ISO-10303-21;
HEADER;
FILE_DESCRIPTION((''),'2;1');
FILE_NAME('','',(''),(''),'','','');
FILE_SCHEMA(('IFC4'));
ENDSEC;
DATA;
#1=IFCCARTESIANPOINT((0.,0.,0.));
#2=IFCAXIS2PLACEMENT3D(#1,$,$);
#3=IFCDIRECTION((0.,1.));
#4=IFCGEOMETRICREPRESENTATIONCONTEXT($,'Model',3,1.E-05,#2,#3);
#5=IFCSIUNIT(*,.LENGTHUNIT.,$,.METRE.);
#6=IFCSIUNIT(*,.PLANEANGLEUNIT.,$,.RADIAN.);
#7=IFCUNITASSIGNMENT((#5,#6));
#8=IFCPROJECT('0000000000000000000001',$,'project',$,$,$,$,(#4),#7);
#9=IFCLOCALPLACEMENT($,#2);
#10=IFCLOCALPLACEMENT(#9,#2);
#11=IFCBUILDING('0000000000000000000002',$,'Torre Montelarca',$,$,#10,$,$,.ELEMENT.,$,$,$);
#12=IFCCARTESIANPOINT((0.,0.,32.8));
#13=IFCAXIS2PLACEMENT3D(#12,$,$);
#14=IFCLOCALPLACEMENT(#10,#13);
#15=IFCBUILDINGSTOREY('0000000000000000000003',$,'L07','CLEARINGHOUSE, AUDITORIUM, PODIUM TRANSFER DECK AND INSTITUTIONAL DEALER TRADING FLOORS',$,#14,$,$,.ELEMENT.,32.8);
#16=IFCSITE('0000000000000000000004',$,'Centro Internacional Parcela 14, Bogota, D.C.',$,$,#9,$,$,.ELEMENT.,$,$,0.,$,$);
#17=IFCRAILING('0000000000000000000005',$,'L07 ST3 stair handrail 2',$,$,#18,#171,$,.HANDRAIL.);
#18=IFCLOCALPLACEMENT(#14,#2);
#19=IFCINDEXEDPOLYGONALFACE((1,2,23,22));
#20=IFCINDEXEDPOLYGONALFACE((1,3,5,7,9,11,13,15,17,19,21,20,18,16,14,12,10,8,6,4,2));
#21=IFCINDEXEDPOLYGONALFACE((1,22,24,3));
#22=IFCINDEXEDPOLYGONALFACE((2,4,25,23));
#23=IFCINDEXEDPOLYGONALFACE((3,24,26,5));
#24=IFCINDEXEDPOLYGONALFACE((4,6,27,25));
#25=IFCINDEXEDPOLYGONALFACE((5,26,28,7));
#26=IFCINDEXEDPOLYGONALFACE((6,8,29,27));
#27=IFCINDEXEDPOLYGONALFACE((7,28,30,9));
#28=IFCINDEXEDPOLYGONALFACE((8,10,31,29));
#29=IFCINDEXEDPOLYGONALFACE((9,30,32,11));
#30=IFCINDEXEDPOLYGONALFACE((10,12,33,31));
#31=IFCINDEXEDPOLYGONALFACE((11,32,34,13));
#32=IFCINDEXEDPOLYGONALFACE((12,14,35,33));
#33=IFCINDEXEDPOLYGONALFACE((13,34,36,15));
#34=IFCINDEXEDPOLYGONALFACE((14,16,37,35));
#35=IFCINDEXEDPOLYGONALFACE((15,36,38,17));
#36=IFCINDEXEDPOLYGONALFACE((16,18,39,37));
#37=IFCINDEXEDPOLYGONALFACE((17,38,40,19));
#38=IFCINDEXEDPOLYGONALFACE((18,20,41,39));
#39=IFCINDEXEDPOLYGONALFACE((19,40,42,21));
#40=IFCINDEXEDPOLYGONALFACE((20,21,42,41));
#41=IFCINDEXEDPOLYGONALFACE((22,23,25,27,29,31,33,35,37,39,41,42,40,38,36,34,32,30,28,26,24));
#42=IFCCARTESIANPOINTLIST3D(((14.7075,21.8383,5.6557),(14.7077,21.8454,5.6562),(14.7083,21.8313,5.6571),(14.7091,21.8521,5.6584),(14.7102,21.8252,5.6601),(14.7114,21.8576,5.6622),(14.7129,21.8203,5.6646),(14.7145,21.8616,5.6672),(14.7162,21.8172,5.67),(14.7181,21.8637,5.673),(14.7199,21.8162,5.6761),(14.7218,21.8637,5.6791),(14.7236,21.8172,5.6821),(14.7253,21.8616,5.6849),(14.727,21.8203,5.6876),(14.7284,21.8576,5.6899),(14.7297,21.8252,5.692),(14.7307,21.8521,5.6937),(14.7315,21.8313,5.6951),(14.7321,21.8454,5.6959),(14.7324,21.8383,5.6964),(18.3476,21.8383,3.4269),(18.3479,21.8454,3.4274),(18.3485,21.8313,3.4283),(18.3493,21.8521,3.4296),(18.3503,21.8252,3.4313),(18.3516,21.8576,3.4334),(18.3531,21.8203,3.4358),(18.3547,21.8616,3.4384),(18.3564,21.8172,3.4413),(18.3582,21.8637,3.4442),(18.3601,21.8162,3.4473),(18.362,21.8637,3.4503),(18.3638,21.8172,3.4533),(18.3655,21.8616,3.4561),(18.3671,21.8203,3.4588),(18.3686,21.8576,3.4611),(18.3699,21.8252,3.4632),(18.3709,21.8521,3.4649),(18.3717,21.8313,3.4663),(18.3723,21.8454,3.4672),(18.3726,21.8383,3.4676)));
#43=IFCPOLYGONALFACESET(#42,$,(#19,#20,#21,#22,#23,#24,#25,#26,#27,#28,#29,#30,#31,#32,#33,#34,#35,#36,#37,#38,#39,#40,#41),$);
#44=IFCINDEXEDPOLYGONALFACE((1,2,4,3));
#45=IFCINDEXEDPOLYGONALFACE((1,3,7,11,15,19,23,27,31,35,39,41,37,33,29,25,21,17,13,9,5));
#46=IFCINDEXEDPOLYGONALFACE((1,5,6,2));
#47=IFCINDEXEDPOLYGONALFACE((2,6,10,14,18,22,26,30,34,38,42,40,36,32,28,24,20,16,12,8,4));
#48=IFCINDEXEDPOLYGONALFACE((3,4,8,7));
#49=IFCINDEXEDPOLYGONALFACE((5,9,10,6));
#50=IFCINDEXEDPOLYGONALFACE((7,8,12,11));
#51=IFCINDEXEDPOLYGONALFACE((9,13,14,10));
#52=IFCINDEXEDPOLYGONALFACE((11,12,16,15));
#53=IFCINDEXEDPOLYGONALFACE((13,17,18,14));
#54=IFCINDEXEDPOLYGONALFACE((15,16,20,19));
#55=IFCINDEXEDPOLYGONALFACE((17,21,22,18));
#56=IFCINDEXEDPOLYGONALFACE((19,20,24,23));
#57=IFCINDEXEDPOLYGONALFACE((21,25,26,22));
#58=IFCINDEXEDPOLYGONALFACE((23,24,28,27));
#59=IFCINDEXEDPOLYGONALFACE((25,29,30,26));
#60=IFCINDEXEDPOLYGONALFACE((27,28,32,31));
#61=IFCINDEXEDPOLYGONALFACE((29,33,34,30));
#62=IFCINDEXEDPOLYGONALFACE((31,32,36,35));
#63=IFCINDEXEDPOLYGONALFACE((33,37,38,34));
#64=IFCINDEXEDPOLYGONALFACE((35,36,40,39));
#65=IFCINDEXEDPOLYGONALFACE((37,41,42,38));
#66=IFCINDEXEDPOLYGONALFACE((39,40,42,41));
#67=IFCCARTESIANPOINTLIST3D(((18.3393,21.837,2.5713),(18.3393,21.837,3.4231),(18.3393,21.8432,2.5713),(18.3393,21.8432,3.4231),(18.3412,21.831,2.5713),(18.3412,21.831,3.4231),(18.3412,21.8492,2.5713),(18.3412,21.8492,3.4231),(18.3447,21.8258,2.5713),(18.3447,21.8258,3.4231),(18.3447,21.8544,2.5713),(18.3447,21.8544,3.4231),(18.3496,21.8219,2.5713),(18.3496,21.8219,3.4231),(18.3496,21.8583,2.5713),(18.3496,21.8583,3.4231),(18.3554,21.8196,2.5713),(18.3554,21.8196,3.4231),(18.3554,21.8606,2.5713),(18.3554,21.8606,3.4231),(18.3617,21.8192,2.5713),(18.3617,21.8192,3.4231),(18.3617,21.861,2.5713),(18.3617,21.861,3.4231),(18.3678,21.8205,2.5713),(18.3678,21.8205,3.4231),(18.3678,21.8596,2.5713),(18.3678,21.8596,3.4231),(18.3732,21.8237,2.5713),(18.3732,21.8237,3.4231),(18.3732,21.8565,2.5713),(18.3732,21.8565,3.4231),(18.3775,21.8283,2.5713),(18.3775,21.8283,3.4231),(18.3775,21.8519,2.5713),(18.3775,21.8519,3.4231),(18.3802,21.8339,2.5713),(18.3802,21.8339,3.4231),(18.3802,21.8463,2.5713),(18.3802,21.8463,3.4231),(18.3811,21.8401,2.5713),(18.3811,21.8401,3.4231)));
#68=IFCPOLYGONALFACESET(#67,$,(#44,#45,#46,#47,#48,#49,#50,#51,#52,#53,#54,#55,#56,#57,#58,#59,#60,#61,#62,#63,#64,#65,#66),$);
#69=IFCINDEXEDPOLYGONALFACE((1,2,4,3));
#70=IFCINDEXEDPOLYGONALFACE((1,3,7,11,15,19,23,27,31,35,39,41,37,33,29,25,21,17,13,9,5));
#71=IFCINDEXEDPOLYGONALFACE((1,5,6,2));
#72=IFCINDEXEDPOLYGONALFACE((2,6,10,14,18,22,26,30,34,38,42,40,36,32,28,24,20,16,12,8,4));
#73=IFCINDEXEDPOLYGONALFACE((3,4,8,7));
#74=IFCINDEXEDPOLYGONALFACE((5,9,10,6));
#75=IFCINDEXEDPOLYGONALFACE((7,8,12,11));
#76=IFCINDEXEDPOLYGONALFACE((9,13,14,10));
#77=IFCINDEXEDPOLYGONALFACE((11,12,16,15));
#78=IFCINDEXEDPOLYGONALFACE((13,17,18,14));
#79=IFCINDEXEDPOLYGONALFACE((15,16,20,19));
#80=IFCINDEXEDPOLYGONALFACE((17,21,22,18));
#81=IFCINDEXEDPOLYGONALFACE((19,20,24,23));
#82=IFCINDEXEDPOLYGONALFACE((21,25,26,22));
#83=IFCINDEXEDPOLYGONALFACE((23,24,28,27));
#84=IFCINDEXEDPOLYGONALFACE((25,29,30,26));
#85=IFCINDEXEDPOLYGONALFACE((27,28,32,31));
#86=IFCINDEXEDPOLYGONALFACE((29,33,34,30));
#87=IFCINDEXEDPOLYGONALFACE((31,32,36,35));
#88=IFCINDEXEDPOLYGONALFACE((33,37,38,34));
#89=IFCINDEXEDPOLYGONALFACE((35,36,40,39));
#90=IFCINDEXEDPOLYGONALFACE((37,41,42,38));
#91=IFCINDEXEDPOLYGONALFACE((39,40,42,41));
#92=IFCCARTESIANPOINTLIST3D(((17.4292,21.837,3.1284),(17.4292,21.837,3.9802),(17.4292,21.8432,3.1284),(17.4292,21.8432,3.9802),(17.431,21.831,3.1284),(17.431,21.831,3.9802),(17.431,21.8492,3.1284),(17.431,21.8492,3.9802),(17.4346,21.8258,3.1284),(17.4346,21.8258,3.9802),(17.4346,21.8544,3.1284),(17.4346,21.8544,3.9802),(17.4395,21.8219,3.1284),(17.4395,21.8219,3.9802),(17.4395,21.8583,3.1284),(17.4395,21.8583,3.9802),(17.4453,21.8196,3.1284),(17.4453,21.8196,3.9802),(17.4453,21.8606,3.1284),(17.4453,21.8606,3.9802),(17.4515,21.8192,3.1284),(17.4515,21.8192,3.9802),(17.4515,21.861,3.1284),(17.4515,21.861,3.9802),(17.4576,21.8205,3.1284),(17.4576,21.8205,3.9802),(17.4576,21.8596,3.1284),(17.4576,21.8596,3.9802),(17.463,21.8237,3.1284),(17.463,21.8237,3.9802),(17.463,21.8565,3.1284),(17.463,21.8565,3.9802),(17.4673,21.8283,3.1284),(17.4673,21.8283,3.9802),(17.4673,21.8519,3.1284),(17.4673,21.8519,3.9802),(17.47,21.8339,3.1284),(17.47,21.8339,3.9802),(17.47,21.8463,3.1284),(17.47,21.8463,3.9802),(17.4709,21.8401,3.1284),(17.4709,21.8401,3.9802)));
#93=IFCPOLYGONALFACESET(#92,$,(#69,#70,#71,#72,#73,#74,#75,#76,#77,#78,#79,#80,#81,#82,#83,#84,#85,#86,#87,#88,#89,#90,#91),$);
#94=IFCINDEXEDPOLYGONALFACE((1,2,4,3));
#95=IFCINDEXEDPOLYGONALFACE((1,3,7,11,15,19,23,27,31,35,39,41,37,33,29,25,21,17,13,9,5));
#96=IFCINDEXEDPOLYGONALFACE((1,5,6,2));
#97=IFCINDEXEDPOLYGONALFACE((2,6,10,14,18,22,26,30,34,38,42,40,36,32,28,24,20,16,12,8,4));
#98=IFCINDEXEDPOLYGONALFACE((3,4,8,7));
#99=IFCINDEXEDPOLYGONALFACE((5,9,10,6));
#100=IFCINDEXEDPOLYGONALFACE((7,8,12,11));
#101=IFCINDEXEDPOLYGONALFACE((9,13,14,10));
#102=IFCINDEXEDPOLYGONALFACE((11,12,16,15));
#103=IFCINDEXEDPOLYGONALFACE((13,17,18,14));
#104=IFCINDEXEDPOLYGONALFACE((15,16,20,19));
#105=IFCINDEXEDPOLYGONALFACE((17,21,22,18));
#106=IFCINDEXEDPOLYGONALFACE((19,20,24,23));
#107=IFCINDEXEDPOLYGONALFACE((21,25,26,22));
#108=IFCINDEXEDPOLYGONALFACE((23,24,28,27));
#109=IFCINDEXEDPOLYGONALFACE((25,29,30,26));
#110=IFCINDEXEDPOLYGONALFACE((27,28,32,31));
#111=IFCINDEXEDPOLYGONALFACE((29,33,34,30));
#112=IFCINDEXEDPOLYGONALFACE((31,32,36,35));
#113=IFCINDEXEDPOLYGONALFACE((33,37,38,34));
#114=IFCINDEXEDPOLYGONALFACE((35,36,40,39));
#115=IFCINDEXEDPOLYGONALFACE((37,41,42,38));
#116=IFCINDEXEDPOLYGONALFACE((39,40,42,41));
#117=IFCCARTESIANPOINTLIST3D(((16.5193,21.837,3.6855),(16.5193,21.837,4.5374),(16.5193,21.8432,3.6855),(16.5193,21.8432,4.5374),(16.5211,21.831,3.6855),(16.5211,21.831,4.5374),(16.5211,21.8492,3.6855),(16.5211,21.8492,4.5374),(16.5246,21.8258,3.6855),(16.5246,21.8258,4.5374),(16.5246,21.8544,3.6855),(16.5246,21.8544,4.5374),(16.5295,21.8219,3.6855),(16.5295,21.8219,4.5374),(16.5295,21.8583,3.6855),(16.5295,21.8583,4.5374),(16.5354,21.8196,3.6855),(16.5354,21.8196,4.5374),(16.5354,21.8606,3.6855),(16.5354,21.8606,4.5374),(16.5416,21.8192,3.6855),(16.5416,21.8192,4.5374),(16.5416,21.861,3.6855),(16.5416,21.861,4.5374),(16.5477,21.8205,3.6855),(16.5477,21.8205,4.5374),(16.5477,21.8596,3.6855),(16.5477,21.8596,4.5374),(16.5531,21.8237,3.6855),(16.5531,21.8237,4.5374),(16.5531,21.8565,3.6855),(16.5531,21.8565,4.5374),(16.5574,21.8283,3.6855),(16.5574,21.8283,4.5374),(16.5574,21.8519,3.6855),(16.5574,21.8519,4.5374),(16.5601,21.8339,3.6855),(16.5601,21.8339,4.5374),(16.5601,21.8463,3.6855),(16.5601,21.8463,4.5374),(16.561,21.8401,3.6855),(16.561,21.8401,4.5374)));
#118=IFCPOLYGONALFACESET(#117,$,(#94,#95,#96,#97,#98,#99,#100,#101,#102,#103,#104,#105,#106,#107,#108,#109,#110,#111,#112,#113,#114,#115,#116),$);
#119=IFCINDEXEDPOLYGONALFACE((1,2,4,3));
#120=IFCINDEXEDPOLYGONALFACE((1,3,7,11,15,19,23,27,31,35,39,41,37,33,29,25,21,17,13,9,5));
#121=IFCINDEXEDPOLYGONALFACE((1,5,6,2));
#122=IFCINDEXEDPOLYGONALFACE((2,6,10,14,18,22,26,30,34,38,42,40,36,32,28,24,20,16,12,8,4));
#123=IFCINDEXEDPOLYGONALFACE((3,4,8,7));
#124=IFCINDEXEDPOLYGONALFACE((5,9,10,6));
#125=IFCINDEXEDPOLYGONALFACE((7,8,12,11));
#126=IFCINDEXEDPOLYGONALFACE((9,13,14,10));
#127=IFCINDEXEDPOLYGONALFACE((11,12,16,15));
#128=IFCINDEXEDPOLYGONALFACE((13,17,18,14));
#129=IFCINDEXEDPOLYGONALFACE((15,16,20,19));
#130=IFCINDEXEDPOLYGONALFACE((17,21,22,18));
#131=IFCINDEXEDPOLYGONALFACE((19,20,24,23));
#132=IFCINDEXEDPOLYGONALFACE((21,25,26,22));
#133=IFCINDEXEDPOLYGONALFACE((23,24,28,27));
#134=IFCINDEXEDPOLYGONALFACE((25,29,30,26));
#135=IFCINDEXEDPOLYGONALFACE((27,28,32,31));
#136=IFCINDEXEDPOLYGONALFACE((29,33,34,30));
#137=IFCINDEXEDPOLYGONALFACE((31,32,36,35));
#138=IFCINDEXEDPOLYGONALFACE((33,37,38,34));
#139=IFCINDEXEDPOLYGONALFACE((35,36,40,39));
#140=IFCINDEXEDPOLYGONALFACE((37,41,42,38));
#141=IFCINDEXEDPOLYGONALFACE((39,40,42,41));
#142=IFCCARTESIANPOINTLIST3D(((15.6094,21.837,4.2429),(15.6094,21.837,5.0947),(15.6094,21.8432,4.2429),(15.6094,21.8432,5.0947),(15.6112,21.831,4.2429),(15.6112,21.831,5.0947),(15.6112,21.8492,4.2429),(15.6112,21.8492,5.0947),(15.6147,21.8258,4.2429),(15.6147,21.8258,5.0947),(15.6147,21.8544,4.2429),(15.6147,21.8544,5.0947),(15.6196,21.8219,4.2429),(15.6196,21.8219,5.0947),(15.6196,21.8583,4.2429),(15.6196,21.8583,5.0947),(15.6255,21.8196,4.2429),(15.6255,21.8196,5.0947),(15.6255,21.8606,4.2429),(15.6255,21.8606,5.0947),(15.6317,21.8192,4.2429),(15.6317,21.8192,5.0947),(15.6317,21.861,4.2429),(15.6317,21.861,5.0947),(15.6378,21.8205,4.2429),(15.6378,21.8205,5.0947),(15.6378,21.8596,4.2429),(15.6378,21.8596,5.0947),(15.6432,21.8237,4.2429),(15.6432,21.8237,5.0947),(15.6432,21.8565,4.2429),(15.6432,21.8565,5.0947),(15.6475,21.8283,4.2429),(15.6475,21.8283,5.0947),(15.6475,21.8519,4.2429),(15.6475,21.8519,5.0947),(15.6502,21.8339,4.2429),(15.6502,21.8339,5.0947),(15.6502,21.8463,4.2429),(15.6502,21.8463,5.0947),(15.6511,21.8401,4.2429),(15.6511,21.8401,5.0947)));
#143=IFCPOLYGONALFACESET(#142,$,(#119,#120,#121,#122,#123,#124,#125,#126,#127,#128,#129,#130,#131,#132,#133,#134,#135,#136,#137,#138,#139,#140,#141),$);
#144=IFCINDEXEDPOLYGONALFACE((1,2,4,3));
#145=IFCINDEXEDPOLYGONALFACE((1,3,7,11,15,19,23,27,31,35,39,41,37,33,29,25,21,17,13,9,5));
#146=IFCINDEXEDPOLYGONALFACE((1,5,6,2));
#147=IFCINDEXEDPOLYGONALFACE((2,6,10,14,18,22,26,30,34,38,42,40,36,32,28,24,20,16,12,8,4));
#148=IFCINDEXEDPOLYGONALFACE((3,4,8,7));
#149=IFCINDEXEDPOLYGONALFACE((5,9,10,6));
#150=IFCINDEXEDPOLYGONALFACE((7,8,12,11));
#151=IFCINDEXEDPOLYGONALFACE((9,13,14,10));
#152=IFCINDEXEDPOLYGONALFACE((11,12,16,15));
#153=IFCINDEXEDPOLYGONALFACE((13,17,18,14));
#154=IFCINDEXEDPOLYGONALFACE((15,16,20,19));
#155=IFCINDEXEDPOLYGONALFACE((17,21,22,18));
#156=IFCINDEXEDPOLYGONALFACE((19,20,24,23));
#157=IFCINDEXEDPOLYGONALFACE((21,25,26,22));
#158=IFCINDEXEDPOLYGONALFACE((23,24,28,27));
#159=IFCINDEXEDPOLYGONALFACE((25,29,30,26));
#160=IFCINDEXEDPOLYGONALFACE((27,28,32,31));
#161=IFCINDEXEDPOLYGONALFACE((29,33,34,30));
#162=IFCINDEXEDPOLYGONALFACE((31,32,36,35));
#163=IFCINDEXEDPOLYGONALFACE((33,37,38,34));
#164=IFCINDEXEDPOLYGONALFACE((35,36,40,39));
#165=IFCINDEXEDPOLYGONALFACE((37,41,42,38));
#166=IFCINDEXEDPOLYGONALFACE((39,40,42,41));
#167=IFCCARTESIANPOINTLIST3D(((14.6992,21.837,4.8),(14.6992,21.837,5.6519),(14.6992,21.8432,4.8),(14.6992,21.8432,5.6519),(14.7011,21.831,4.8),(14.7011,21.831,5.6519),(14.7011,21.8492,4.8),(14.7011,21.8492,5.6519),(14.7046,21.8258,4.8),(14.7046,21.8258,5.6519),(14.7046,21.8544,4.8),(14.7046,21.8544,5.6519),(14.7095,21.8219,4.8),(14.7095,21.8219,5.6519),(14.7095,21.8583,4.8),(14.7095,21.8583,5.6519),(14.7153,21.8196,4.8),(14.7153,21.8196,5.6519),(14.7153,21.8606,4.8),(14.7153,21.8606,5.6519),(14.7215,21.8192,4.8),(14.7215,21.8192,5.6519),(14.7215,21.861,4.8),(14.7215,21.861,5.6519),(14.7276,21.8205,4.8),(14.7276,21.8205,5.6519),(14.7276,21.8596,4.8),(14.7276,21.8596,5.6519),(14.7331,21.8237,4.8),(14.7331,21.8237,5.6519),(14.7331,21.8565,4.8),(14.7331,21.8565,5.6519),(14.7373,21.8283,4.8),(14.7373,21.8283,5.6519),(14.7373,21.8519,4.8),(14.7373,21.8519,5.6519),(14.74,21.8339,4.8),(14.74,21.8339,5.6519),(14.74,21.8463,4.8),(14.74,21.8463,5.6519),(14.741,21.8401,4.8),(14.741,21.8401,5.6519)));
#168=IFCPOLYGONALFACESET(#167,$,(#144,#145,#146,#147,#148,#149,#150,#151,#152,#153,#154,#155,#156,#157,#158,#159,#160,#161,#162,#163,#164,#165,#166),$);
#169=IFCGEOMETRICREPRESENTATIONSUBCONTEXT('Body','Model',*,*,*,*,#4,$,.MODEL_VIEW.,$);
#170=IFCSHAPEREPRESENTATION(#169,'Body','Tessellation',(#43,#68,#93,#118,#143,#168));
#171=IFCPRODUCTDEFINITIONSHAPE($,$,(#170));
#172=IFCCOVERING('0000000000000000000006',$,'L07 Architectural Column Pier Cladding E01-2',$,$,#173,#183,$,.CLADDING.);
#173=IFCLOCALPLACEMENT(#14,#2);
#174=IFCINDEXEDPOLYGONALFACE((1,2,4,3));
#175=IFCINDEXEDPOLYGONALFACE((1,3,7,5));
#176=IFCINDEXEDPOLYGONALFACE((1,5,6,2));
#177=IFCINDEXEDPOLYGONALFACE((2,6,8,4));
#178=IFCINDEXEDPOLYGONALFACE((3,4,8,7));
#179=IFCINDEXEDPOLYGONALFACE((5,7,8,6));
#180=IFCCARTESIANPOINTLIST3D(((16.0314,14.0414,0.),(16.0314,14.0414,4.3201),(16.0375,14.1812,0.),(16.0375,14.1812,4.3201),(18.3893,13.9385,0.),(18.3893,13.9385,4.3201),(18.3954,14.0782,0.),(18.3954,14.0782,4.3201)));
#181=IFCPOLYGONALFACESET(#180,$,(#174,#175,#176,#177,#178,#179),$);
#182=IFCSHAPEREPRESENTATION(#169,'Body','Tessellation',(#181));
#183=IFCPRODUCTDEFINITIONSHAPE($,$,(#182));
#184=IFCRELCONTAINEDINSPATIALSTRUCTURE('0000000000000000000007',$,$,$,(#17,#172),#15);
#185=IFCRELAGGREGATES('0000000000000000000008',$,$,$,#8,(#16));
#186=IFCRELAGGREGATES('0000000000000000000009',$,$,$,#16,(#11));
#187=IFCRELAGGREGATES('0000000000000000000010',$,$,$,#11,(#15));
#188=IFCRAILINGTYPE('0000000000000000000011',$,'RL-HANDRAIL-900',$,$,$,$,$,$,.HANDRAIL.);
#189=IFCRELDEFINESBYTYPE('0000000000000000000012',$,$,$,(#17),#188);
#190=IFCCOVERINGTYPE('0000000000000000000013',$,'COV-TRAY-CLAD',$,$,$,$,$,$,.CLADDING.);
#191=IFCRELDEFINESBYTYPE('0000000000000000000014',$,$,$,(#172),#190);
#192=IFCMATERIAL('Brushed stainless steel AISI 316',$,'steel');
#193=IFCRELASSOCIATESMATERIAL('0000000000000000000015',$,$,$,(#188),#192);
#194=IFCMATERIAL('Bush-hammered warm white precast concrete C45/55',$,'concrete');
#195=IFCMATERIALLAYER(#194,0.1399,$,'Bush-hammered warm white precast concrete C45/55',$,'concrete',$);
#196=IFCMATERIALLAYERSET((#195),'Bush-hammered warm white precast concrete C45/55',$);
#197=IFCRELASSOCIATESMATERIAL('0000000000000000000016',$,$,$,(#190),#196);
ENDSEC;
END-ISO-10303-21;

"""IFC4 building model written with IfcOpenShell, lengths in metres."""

from ifc_helpers import new_model, si_unit, direction, frame, origin, origin_2d, place, context, subcontext, project, spatial, rectangle, circle, extrude, source, transform, mapped, material, layer, layer_set, type_object, element, save


model = new_model("IFC4")

# Units and contexts
model_context = context("Model", 3, precision=1e-05, world=origin(), true_north=direction((0.0, 1.0)))
body_context = subcontext(model_context, "Body", "Model", "MODEL_VIEW")
ifc_project = project(units=[si_unit("LENGTHUNIT", "METRE"), si_unit("PLANEANGLEUNIT", "RADIAN")], contexts=[model_context])

# Site, building, storey
site_placement = place(None, origin())
site = spatial("IfcSite", under=ifc_project, at=site_placement, Name="Centro Internacional Parcela 14, Bogota, D.C.", CompositionType="ELEMENT", RefElevation=0.0)
building_placement = place(site_placement, origin())
building = spatial("IfcBuilding", under=site, at=building_placement, Name="Torre Montelarca", CompositionType="ELEMENT")
storey_placement = place(building_placement, frame((0.0, 0.0, 32.8)))
storey = spatial("IfcBuildingStorey", under=building, at=storey_placement, Name="L07", Description="CLEARINGHOUSE, AUDITORIUM, PODIUM TRANSFER DECK AND INSTITUTIONAL DEALER TRADING FLOORS", CompositionType="ELEMENT", Elevation=32.8)

# Railing
ifc_material_1 = material(Name="Brushed stainless steel AISI 316", Category="steel")
railing_type_1 = type_object("IfcRailingType", Name="RL-HANDRAIL-900", PredefinedType="HANDRAIL", material=ifc_material_1)
railing_1_placement = place(storey_placement, frame((18.3601, 21.8401, 2.5713)))
element("IfcRailing", 1, at=railing_1_placement, inside=storey, type_object=railing_type_1, Name="L07 ST3 stair handrail 2", PredefinedType="HANDRAIL", context=body_context, shape_type="SweptSolid", body=[
    extrude(circle(Radius=0.0239, at=origin_2d()), frame((0.0, 0.0, 0.876), z_axis=(-0.85284, 0.0, 0.522172), x_axis=(0.0, -1.0, 0.0)), (0.0, 0.0, 1.0), 4.2683),
    extrude(circle(Radius=0.021, at=origin_2d()), origin(), (0.0, 0.0, 1.0), 0.8518),
    extrude(circle(Radius=0.021, at=origin_2d()), frame((-0.9102, 0.0, 0.5571)), (0.0, 0.0, 1.0), 0.8518),
    extrude(circle(Radius=0.021, at=origin_2d()), frame((-1.8201, 0.0, 1.1143)), (0.0, 0.0, 1.0), 0.8518),
    extrude(circle(Radius=0.021, at=origin_2d()), frame((-2.73, 0.0, 1.6716)), (0.0, 0.0, 1.0), 0.8518),
    extrude(circle(Radius=0.021, at=origin_2d()), frame((-3.6401, 0.0, 2.2288)), (0.0, 0.0, 1.0), 0.8518),
])

# Covering
ifc_material_2 = material(Name="Bush-hammered warm white precast concrete C45/55", Category="concrete")
ifc_layer_1 = layer(ifc_material_2, 0.1399, Name="Bush-hammered warm white precast concrete C45/55", Category="concrete")
ifc_layer_set_1 = layer_set([ifc_layer_1], Name="Bush-hammered warm white precast concrete C45/55")
covering_type = type_object("IfcCoveringType", Name="COV-TRAY-CLAD", PredefinedType="CLADDING", material=ifc_layer_set_1)
shared_shape_1 = source(origin(), body_context, "Body", "SweptSolid", [
    extrude(rectangle(XDim=2.3601, YDim=0.1399, at=origin_2d()), origin(), (0.0, 0.0, 1.0), 4.3201),
])
covering_placement = place(storey_placement, frame((17.2134, 14.0598, 0.0), z_axis=(0.0, 0.0, 1.0), x_axis=(0.999048, -0.043619, 0.0)))
element("IfcCovering", 2, at=covering_placement, inside=storey, type_object=covering_type, Name="L07 Architectural Column Pier Cladding E01-2", PredefinedType="CLADDING", context=body_context, shape_type="MappedRepresentation", body=[
    mapped(shared_shape_1, transform((0.0, 0.0, 0.0), scale=1.0)),
])

save(model, "model.ifc")
